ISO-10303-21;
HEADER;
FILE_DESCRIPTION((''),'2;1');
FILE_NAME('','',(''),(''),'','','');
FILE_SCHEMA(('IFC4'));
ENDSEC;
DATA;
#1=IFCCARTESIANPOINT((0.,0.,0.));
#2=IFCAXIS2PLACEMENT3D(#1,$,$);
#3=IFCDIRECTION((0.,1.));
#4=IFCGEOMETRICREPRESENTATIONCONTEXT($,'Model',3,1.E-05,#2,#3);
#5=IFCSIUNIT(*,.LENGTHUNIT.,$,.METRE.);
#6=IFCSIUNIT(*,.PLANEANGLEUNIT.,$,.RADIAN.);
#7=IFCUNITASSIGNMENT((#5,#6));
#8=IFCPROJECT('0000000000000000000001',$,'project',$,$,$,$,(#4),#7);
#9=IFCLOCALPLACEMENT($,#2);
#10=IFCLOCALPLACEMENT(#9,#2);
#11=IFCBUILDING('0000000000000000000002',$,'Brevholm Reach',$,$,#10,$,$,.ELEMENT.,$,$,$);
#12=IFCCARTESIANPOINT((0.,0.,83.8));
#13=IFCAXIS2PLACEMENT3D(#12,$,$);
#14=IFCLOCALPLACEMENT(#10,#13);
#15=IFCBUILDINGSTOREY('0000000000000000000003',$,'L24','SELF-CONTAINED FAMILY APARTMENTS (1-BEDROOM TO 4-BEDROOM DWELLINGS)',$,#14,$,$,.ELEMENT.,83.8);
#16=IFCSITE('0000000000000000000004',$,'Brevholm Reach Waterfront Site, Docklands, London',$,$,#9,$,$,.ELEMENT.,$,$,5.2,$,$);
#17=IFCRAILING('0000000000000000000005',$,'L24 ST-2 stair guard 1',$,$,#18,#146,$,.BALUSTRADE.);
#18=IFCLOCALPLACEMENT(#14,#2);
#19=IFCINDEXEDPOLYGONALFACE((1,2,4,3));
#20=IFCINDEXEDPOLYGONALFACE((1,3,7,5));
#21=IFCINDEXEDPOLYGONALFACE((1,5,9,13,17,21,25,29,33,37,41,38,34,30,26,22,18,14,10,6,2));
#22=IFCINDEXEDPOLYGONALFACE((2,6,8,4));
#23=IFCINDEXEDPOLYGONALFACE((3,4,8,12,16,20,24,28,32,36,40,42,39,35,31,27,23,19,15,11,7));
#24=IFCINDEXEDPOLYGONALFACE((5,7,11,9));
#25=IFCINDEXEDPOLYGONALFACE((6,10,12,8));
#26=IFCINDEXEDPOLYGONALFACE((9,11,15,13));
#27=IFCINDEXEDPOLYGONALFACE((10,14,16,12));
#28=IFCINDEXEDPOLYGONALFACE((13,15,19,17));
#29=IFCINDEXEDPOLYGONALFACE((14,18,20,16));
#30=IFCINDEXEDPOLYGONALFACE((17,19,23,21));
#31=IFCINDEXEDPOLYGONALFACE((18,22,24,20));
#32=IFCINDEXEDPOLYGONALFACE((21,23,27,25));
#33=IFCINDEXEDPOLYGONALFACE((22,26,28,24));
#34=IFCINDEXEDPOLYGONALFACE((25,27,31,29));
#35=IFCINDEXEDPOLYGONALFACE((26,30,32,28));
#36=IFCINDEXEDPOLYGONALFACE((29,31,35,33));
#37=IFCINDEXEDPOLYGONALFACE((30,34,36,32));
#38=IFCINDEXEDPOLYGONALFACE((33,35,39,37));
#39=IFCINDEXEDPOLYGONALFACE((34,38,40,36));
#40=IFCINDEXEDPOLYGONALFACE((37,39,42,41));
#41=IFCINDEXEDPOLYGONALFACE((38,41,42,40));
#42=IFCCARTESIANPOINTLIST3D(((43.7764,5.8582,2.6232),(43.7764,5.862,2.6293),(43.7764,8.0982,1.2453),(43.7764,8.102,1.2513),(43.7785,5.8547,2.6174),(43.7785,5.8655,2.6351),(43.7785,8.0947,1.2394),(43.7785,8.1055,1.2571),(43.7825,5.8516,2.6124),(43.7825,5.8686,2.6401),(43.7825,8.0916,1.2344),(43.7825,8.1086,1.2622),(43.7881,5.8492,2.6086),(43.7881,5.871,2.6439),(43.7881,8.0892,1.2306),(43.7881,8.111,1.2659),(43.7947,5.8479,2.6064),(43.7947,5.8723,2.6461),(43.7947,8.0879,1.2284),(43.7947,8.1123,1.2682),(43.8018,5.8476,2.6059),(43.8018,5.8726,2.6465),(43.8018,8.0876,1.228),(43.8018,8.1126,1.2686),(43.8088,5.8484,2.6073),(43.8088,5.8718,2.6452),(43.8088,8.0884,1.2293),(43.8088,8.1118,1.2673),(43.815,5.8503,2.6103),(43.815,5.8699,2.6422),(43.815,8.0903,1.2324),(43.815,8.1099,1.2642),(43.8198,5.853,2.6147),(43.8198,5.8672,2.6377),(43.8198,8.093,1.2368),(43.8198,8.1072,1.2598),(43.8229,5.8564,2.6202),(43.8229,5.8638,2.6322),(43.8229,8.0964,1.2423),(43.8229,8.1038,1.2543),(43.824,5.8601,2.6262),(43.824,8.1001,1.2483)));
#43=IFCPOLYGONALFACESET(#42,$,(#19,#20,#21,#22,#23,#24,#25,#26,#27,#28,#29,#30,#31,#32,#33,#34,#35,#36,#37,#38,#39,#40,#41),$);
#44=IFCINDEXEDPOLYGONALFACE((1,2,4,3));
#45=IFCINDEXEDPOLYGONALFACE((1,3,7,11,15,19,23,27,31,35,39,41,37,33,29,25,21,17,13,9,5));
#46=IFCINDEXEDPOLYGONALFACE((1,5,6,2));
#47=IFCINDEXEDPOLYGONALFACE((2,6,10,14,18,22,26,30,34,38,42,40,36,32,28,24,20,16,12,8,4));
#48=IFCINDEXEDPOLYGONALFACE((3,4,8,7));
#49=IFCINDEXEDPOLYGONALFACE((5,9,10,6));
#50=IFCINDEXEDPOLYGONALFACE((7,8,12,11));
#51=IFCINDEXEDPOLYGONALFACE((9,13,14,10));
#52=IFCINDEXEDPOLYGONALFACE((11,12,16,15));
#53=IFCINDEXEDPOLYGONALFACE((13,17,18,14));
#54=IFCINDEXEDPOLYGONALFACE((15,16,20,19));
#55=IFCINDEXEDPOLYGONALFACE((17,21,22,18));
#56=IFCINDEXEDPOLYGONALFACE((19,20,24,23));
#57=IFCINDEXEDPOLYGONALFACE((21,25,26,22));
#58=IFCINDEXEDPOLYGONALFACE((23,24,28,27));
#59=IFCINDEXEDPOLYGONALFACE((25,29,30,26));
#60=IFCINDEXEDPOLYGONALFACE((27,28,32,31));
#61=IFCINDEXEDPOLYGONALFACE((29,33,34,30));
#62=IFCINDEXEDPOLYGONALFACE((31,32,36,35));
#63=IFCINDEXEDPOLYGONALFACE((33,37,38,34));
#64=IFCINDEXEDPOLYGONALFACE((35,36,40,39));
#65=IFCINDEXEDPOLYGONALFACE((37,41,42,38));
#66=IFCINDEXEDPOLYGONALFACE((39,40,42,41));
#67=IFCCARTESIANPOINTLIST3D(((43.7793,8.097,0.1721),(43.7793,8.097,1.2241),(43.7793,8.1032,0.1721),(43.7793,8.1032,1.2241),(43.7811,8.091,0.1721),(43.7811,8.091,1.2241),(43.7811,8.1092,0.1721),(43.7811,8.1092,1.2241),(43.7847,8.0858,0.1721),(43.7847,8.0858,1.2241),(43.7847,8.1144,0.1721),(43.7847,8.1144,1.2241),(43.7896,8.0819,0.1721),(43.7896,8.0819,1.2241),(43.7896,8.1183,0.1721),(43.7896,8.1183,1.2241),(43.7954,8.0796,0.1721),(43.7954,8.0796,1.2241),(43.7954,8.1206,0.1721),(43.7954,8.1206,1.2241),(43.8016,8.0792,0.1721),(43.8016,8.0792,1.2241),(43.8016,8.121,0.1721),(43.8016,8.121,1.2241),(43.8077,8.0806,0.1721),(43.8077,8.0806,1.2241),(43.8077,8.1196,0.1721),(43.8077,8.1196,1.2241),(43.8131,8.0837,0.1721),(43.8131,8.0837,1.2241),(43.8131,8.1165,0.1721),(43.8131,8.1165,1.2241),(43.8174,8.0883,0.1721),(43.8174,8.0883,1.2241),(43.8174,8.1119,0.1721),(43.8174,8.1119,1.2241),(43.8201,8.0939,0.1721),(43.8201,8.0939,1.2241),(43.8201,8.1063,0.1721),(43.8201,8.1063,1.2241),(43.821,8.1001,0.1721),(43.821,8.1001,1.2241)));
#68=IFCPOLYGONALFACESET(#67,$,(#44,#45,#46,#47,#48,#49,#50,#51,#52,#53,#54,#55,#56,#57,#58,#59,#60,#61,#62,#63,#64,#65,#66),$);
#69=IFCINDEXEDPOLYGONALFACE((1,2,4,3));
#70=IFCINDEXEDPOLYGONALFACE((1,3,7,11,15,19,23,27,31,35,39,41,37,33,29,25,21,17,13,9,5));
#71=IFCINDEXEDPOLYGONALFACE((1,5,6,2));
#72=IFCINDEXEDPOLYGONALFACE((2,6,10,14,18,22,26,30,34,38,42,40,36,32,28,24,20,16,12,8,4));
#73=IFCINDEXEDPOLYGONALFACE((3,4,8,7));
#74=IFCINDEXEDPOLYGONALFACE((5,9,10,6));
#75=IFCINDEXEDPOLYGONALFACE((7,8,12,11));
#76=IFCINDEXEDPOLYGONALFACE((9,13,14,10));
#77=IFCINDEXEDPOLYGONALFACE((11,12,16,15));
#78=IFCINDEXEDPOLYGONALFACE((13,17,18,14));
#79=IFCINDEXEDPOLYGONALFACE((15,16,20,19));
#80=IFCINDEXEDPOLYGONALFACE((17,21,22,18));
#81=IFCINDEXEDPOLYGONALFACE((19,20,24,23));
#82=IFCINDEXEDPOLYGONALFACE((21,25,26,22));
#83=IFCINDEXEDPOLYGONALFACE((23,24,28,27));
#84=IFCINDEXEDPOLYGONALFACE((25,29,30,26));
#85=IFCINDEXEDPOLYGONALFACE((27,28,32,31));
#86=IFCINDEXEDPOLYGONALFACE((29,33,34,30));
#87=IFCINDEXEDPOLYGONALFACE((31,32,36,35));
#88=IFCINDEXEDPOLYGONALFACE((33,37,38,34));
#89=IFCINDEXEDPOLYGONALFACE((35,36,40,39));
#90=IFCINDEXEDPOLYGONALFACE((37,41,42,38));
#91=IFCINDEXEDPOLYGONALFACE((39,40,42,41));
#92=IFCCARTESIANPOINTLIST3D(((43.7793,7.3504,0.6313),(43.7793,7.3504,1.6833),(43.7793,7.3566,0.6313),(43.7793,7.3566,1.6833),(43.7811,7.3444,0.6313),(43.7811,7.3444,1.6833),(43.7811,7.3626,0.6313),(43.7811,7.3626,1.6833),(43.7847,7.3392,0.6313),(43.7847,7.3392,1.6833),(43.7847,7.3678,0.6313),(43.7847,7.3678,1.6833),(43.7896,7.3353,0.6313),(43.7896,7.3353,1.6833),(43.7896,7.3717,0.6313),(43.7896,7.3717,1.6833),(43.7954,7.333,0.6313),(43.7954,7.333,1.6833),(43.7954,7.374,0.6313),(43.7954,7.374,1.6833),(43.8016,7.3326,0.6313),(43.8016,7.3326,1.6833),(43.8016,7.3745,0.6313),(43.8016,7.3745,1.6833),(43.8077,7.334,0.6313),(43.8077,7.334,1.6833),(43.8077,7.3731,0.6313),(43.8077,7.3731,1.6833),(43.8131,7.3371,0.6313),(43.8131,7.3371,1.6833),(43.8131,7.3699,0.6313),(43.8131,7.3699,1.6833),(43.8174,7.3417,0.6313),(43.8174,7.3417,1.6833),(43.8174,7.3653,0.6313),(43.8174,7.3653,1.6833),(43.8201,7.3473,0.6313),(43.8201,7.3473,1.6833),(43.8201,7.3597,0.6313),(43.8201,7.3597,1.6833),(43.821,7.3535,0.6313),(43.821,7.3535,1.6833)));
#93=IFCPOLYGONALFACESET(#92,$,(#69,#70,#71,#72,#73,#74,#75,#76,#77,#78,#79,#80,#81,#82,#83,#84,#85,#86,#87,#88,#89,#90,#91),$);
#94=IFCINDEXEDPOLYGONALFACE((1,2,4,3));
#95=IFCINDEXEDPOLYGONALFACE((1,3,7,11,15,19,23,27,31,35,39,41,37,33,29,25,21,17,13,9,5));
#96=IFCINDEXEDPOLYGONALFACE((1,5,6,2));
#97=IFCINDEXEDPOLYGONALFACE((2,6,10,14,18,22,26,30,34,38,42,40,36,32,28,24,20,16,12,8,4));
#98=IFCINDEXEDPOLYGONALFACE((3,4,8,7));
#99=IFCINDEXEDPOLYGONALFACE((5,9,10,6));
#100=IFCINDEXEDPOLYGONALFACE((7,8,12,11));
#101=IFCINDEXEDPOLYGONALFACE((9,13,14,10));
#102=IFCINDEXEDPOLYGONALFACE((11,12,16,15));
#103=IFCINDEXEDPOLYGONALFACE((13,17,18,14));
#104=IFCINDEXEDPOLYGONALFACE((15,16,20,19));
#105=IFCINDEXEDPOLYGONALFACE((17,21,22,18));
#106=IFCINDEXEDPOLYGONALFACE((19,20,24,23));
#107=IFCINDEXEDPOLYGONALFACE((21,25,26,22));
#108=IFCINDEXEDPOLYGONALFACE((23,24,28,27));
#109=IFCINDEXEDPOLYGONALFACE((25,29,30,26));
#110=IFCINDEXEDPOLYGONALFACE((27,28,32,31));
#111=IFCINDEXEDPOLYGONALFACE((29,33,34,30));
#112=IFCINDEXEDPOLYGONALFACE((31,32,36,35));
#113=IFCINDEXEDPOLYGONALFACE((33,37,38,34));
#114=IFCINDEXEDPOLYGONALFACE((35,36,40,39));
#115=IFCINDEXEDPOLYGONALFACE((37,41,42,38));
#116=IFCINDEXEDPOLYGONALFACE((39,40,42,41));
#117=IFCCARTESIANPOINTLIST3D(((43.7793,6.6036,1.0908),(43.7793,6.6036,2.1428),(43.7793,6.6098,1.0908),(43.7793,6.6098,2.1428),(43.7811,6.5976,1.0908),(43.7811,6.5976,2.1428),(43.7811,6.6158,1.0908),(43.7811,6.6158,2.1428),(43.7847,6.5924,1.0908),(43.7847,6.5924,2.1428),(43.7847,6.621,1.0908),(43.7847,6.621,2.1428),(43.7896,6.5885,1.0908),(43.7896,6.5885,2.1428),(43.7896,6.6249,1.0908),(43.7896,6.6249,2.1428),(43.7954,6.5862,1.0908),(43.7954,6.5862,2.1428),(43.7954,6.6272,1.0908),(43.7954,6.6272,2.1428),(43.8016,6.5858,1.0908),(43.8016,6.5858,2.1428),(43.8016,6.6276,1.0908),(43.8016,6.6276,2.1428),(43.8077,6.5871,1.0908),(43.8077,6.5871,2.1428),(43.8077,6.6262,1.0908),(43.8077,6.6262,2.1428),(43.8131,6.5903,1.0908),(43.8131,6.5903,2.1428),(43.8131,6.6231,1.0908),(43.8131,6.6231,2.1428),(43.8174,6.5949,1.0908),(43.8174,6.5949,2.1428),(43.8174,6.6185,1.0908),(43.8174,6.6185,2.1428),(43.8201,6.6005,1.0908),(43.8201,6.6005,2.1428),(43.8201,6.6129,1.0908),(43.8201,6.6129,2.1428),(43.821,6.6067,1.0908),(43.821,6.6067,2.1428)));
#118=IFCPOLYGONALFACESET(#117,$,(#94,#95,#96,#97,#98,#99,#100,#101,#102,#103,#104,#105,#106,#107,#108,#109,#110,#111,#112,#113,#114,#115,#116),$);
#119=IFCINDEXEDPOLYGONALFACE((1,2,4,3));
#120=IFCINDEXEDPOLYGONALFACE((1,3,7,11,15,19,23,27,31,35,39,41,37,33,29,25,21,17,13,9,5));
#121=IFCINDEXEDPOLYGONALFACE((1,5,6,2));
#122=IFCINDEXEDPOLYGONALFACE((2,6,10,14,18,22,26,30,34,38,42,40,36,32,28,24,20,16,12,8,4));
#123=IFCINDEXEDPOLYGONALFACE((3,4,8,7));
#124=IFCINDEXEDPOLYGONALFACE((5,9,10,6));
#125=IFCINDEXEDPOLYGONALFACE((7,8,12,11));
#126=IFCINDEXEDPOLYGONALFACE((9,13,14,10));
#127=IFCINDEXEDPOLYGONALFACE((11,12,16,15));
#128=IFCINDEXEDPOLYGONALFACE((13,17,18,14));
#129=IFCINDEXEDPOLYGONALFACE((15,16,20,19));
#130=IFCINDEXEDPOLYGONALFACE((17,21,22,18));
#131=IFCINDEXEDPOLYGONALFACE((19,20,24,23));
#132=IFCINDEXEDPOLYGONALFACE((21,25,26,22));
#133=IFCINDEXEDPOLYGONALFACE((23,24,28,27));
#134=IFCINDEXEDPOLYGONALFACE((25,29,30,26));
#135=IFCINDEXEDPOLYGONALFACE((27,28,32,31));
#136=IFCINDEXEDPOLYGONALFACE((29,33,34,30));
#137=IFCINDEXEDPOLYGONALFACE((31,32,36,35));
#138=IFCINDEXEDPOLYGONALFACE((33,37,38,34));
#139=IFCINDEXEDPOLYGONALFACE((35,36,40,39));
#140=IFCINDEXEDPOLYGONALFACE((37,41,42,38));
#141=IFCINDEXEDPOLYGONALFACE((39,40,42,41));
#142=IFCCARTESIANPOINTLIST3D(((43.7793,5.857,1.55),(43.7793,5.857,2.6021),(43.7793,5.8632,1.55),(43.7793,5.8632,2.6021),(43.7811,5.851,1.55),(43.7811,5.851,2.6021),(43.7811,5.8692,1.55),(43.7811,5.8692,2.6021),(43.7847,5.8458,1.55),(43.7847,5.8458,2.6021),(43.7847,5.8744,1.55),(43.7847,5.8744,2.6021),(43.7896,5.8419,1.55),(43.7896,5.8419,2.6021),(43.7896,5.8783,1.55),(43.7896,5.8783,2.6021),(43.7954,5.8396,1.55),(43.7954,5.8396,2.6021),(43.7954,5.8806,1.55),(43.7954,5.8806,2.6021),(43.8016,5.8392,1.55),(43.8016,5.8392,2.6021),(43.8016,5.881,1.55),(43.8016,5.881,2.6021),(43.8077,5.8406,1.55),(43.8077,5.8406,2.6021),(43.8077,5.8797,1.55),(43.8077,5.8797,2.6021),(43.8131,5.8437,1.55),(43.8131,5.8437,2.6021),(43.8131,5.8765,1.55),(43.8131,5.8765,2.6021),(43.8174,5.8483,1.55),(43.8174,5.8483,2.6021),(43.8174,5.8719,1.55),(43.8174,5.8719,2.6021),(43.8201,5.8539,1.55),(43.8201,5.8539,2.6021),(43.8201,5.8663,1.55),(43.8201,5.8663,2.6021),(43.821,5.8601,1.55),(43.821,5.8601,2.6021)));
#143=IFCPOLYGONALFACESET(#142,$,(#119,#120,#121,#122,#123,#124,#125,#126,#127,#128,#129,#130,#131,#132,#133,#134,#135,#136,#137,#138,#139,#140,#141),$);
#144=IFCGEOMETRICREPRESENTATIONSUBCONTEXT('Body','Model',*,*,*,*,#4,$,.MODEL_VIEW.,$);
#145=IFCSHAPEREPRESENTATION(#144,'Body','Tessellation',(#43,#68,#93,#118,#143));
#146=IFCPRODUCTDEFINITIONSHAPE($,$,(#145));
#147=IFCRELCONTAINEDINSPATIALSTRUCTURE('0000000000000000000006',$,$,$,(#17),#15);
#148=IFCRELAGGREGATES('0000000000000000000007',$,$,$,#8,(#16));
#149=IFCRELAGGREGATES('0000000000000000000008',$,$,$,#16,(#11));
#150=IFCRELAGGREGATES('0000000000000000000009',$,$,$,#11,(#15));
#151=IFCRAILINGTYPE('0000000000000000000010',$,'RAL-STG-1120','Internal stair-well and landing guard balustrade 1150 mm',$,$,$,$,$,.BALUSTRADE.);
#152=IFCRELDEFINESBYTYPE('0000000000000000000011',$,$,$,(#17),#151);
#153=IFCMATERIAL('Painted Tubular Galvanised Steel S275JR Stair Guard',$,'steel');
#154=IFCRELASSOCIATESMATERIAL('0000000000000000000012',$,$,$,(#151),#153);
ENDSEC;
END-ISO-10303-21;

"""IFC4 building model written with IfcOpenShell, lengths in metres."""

from ifc_helpers import new_model, si_unit, direction, frame, origin, origin_2d, place, context, subcontext, project, spatial, circle, extrude, material, type_object, element, save


model = new_model("IFC4")

# Units and contexts
model_context = context("Model", 3, precision=1e-05, world=origin(), true_north=direction((0.0, 1.0)))
body_context = subcontext(model_context, "Body", "Model", "MODEL_VIEW")
ifc_project = project(units=[si_unit("LENGTHUNIT", "METRE"), si_unit("PLANEANGLEUNIT", "RADIAN")], contexts=[model_context])

# Site, building, storey
site_placement = place(None, origin())
site = spatial("IfcSite", under=ifc_project, at=site_placement, Name="Brevholm Reach Waterfront Site, Docklands, London", CompositionType="ELEMENT", RefElevation=5.2)
building_placement = place(site_placement, origin())
building = spatial("IfcBuilding", under=site, at=building_placement, Name="Brevholm Reach", CompositionType="ELEMENT")
storey_placement = place(building_placement, frame((0.0, 0.0, 83.8)))
storey = spatial("IfcBuildingStorey", under=building, at=storey_placement, Name="L24", Description="SELF-CONTAINED FAMILY APARTMENTS (1-BEDROOM TO 4-BEDROOM DWELLINGS)", CompositionType="ELEMENT", Elevation=83.8)

# Railing
ifc_material_1 = material(Name="Painted Tubular Galvanised Steel S275JR Stair Guard", Category="steel")
railing_type_1 = type_object("IfcRailingType", Name="RAL-STG-1120", Description="Internal stair-well and landing guard balustrade 1150 mm", PredefinedType="BALUSTRADE", material=ifc_material_1)
railing_1_placement = place(storey_placement, frame((43.8, 8.1001, 0.1721)))
element("IfcRailing", 1, at=railing_1_placement, inside=storey, type_object=railing_type_1, Name="L24 ST-2 stair guard 1", PredefinedType="BALUSTRADE", context=body_context, shape_type="SweptSolid", body=[
    extrude(circle(Radius=0.0239, at=origin_2d()), frame((0.0, 0.0, 1.0762), z_axis=(0.0, -0.851748, 0.523952), x_axis=(1.0, 0.0, 0.0)), (0.0, 0.0, 1.0), 2.6299),
    extrude(circle(Radius=0.021, at=origin_2d()), origin(), (0.0, 0.0, 1.0), 1.052),
    extrude(circle(Radius=0.021, at=origin_2d()), frame((0.0, -0.7466, 0.4592)), (0.0, 0.0, 1.0), 1.052),
    extrude(circle(Radius=0.021, at=origin_2d()), frame((0.0, -1.4934, 0.9187)), (0.0, 0.0, 1.0), 1.052),
    extrude(circle(Radius=0.021, at=origin_2d()), frame((0.0, -2.24, 1.3779)), (0.0, 0.0, 1.0), 1.052),
])

save(model, "model.ifc")
